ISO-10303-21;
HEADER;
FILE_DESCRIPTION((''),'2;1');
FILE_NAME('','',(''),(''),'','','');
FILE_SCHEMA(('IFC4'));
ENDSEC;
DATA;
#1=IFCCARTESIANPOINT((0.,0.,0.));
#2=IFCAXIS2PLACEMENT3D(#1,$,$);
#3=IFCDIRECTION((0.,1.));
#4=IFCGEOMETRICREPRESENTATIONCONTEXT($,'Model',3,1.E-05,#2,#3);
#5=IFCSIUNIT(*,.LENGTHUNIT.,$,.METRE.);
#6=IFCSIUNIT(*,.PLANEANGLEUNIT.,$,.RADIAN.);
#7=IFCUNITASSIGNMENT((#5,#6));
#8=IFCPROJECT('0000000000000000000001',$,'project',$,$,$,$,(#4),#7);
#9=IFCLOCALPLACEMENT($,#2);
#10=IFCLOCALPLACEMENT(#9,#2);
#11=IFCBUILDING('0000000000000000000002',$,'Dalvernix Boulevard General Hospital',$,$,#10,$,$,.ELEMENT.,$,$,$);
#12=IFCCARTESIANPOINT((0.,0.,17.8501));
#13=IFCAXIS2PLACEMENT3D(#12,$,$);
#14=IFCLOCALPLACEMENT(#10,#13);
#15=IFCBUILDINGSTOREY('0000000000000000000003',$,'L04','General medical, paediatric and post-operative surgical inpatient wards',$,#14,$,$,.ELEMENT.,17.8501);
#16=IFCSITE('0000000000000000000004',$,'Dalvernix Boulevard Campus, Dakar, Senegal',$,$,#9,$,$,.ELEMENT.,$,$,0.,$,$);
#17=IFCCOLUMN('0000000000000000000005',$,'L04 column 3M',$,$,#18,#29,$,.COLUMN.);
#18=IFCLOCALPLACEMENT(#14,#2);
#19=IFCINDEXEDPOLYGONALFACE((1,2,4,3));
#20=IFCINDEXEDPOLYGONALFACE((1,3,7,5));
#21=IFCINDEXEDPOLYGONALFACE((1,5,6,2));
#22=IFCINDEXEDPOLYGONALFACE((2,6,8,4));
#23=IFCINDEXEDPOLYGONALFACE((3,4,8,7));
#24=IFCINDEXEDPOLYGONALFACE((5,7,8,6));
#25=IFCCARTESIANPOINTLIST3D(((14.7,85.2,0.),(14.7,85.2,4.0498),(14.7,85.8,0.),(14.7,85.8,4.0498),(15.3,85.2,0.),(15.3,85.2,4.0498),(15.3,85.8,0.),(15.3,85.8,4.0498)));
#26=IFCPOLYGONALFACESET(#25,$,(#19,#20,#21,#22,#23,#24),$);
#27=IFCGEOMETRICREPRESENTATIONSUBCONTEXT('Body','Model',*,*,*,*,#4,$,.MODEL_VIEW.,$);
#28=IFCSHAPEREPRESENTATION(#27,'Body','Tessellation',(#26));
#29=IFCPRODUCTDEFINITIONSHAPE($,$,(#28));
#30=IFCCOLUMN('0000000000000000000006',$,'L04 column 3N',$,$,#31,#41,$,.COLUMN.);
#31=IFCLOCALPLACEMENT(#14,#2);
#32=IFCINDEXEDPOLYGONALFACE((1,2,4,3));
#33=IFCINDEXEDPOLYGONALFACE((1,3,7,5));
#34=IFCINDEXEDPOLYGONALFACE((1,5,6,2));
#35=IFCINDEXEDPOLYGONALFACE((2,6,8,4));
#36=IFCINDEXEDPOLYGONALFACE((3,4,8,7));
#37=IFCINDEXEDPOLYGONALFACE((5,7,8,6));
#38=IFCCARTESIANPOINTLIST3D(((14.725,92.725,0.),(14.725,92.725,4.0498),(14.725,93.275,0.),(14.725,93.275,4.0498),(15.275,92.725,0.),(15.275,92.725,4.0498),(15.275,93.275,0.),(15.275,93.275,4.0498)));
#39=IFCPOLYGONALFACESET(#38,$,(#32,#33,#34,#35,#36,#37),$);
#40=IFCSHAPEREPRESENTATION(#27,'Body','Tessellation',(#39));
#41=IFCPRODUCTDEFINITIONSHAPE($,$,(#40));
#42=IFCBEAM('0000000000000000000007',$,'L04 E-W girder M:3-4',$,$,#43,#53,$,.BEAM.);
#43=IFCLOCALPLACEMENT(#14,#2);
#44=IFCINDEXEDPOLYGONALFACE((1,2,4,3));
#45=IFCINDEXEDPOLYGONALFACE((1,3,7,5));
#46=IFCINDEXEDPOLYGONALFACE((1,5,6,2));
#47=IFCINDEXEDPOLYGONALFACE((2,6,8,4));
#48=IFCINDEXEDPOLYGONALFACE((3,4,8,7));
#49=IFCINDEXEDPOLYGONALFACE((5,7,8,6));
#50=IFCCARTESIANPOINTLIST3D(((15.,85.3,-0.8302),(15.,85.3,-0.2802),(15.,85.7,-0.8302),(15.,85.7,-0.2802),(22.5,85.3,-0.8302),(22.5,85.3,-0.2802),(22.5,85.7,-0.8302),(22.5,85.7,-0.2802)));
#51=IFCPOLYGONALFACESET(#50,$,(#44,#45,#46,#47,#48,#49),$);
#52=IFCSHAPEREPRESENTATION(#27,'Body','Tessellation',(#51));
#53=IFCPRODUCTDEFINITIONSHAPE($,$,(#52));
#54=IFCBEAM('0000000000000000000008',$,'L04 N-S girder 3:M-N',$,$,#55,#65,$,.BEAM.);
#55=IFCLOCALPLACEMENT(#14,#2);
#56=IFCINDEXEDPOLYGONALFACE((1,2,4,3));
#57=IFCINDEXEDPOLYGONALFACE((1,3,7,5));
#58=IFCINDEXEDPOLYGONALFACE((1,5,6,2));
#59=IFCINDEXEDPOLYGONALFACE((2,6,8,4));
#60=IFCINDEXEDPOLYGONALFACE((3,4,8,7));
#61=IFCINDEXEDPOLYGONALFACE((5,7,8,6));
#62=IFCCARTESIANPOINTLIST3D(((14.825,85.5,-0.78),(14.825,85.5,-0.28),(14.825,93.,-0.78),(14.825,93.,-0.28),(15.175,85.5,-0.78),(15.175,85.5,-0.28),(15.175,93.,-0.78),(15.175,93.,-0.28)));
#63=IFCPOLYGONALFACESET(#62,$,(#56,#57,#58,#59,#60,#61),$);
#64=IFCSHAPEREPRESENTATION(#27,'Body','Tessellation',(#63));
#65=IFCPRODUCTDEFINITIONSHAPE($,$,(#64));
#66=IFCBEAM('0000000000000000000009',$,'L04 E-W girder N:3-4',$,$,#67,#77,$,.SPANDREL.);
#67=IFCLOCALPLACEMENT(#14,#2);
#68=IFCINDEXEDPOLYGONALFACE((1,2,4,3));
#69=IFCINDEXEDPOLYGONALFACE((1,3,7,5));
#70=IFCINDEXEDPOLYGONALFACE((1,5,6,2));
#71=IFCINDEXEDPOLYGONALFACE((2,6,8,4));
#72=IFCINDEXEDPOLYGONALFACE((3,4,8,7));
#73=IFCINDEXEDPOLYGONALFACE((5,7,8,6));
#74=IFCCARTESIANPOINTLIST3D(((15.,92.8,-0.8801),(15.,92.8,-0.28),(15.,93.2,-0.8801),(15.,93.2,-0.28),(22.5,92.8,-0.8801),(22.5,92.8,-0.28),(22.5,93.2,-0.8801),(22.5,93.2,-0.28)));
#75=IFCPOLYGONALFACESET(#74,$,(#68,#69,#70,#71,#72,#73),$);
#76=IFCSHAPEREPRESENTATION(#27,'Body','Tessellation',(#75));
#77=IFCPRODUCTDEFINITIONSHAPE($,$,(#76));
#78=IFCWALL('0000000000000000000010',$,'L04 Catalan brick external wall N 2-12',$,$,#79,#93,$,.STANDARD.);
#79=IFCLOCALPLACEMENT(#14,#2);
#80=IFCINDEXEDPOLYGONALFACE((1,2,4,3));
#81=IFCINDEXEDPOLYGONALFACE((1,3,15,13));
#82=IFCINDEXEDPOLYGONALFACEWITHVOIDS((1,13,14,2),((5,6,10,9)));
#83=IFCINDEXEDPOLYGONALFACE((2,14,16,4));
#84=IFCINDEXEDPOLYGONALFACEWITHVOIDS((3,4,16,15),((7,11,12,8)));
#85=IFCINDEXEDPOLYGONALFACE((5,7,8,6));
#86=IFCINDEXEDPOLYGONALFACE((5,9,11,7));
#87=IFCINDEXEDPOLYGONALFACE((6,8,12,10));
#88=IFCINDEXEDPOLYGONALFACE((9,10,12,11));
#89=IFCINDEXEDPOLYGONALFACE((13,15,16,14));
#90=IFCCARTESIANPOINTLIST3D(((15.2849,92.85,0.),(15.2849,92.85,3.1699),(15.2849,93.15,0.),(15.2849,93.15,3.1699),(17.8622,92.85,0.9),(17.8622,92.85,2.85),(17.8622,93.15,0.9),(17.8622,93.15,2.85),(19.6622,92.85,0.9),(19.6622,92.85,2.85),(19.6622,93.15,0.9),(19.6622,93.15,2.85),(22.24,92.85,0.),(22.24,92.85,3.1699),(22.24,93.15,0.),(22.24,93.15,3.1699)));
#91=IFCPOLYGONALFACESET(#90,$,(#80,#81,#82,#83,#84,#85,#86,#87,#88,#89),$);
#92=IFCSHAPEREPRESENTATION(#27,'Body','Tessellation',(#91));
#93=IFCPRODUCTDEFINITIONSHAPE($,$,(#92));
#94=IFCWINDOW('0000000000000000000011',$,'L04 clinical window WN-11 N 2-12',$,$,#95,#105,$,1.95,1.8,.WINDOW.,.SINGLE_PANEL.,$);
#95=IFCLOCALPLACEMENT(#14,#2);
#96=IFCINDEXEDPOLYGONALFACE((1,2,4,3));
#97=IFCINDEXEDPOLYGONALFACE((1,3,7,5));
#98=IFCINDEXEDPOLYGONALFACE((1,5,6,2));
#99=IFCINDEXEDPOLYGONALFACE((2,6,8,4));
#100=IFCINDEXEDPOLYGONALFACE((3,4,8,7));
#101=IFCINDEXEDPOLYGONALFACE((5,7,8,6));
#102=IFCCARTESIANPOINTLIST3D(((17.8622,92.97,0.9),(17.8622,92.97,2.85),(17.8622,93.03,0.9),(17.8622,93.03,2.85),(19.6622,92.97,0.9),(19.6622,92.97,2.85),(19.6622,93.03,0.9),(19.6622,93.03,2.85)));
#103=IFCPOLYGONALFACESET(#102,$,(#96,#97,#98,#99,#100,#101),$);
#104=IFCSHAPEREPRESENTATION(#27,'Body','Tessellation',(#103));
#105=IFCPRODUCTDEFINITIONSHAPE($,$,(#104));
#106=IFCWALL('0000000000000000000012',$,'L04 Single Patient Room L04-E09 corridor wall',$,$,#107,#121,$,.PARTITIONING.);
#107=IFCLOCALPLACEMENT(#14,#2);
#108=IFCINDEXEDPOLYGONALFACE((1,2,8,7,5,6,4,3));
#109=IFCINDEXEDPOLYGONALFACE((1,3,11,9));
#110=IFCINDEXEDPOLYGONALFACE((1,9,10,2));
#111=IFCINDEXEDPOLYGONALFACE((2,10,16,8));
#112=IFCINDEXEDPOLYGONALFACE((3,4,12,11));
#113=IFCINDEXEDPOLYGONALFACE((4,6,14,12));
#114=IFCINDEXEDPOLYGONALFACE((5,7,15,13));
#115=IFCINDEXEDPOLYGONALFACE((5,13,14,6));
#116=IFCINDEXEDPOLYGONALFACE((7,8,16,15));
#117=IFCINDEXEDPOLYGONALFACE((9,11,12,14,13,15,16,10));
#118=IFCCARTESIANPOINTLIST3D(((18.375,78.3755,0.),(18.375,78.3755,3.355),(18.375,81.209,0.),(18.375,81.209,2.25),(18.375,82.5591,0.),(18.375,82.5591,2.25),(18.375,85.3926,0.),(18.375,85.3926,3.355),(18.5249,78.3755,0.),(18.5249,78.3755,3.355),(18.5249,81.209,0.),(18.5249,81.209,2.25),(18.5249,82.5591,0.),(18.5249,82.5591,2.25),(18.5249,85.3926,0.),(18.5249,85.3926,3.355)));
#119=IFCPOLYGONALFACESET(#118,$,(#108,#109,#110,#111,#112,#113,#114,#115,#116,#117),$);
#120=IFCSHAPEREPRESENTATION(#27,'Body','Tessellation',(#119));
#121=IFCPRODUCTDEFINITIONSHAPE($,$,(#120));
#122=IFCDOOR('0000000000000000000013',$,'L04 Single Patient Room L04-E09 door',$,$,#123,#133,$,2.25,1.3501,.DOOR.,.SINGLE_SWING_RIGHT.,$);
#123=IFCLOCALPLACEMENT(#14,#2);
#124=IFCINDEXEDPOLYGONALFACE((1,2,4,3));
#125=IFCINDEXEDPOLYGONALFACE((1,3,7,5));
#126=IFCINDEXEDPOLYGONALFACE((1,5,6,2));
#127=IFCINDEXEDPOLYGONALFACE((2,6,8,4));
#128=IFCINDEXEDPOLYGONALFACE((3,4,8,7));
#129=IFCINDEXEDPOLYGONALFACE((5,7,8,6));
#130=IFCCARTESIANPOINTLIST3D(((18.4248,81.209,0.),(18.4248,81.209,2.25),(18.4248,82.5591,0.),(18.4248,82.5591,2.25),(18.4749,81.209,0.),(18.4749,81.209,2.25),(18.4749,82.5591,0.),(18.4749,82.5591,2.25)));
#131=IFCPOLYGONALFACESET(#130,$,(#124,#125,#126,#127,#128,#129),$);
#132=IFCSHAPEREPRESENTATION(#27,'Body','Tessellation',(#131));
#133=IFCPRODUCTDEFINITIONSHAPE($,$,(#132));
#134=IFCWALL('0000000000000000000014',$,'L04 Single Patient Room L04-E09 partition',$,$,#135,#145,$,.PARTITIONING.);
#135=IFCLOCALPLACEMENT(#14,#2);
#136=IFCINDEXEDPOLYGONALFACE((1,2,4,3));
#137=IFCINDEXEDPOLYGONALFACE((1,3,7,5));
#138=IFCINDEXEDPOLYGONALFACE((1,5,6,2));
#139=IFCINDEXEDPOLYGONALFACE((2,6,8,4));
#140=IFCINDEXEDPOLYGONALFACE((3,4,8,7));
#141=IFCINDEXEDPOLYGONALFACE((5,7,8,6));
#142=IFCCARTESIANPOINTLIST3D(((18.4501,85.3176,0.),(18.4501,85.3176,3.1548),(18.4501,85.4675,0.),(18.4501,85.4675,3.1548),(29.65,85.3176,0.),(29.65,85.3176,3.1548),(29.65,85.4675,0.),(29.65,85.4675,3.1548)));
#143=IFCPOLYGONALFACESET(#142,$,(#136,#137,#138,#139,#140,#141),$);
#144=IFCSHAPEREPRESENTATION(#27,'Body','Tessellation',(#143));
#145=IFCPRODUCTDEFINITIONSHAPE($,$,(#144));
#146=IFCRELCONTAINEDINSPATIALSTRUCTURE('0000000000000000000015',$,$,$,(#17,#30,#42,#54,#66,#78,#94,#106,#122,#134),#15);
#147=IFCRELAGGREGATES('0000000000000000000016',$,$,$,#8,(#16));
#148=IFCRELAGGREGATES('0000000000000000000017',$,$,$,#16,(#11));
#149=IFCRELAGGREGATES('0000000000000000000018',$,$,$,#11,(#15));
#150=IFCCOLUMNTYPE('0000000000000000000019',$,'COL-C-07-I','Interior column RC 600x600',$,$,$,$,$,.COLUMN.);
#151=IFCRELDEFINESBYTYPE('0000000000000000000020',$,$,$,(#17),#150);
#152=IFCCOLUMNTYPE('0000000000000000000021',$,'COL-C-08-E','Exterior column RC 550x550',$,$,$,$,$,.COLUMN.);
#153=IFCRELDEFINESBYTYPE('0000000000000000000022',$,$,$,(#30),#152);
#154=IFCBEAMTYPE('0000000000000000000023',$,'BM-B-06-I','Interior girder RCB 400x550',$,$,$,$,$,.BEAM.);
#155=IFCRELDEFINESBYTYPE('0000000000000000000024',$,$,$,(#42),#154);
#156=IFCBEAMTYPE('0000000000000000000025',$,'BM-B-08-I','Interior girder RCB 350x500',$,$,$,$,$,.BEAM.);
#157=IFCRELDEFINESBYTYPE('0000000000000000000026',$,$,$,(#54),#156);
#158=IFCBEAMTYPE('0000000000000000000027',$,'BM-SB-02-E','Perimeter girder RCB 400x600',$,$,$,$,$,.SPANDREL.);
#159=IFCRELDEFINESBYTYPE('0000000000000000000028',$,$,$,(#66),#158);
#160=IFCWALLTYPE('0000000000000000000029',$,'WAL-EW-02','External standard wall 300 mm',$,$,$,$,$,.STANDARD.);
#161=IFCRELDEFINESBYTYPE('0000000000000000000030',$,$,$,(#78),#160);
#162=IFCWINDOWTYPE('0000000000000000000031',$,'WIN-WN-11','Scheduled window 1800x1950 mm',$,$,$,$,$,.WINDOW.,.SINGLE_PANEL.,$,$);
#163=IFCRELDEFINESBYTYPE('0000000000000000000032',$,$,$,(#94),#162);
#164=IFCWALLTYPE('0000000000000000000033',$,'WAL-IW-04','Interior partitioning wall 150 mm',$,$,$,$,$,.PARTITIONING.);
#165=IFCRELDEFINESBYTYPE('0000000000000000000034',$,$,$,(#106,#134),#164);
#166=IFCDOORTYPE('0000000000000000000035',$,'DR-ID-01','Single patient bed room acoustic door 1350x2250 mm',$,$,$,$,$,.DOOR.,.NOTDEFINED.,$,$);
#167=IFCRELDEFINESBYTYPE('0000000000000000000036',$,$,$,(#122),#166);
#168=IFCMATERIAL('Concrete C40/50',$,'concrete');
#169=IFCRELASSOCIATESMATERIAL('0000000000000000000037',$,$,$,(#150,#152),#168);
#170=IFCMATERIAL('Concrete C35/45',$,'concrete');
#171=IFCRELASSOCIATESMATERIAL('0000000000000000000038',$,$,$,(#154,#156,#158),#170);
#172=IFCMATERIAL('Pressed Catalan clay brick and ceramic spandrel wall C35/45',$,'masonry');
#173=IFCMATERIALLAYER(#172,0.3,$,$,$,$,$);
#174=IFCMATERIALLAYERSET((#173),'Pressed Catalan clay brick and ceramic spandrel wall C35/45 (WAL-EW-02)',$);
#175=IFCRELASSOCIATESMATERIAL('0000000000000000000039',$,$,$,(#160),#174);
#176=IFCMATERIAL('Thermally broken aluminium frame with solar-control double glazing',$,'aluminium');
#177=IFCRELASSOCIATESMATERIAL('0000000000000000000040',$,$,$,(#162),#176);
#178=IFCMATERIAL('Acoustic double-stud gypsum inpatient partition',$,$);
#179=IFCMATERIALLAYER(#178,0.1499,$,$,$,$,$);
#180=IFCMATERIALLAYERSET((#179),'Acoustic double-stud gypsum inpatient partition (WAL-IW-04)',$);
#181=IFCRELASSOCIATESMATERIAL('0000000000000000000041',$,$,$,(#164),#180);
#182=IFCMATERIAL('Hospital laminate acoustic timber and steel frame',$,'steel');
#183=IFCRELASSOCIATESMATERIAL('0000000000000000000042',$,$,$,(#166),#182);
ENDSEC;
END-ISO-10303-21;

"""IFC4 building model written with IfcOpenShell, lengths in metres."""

from ifc_helpers import new_model, si_unit, direction, frame, frame_2d, origin, origin_2d, place, context, subcontext, project, spatial, rectangle, extrude, material, layer, layer_set, material_profile, profile_set, type_object, element, fill, save


model = new_model("IFC4")

# Units and contexts
model_context = context("Model", 3, precision=1e-05, world=origin(), true_north=direction((0.0, 1.0)))
body_context = subcontext(model_context, "Body", "Model", "MODEL_VIEW")
ifc_project = project(units=[si_unit("LENGTHUNIT", "METRE"), si_unit("PLANEANGLEUNIT", "RADIAN")], contexts=[model_context])

# Site, building, storey
site_placement = place(None, origin())
site = spatial("IfcSite", under=ifc_project, at=site_placement, Name="Dalvernix Boulevard Campus, Dakar, Senegal", CompositionType="ELEMENT", RefElevation=0.0)
building_placement = place(site_placement, origin())
building = spatial("IfcBuilding", under=site, at=building_placement, Name="Dalvernix Boulevard General Hospital", CompositionType="ELEMENT")
storey_placement = place(building_placement, frame((0.0, 0.0, 17.8501)))
storey = spatial("IfcBuildingStorey", under=building, at=storey_placement, Name="L04", Description="General medical, paediatric and post-operative surgical inpatient wards", CompositionType="ELEMENT", Elevation=17.8501)

# Columns
ifc_material_1 = material(Name="Concrete C40/50", Category="concrete")
ifc_material_profile_1 = material_profile(ifc_material_1, rectangle(XDim=0.6001, YDim=0.6001, at=origin_2d()), Name="RC 600x600")
ifc_profile_set_1 = profile_set([ifc_material_profile_1], Name="Concrete C40/50")
column_type_1 = type_object("IfcColumnType", Name="COL-C-07-I", Description="Interior column RC 600x600", PredefinedType="COLUMN", material=ifc_profile_set_1)
column_1_placement = place(storey_placement, frame((15.0, 85.5, 0.0), z_axis=(0.0, 0.0, 1.0), x_axis=(1.0, 0.0, 0.0)))
element("IfcColumn", 1, at=column_1_placement, inside=storey, type_object=column_type_1, Name="L04 column 3M", PredefinedType="COLUMN", context=body_context, shape_type="SweptSolid", body=[
    extrude(rectangle(XDim=0.6001, YDim=0.6001, at=origin_2d()), origin(), (0.0, 0.0, 1.0), 4.0498),
])
ifc_material_profile_2 = material_profile(ifc_material_1, rectangle(XDim=0.55, YDim=0.55, at=origin_2d()), Name="RC 550x550")
ifc_profile_set_2 = profile_set([ifc_material_profile_2], Name="Concrete C40/50")
column_type_2 = type_object("IfcColumnType", Name="COL-C-08-E", Description="Exterior column RC 550x550", PredefinedType="COLUMN", material=ifc_profile_set_2)
column_2_placement = place(storey_placement, frame((15.0, 93.0, 0.0), z_axis=(0.0, 0.0, 1.0), x_axis=(1.0, 0.0, 0.0)))
element("IfcColumn", 2, at=column_2_placement, inside=storey, type_object=column_type_2, Name="L04 column 3N", PredefinedType="COLUMN", context=body_context, shape_type="SweptSolid", body=[
    extrude(rectangle(XDim=0.55, YDim=0.55, at=origin_2d()), origin(), (0.0, 0.0, 1.0), 4.0498),
])

# Beams
ifc_material_2 = material(Name="Concrete C35/45", Category="concrete")
ifc_material_profile_3 = material_profile(ifc_material_2, rectangle(XDim=0.3999, YDim=0.55, at=origin_2d()), Name="RCB 400x550")
ifc_profile_set_3 = profile_set([ifc_material_profile_3], Name="Concrete C35/45")
beam_type_1 = type_object("IfcBeamType", Name="BM-B-06-I", Description="Interior girder RCB 400x550", PredefinedType="BEAM", material=ifc_profile_set_3)
beam_1_placement = place(storey_placement, frame((15.0, 85.5, -0.5552), z_axis=(1.0, 0.0, 0.0), x_axis=(0.0, 1.0, 0.0)))
element("IfcBeam", 3, at=beam_1_placement, inside=storey, type_object=beam_type_1, Name="L04 E-W girder M:3-4", PredefinedType="BEAM", context=body_context, shape_type="SweptSolid", body=[
    extrude(rectangle(XDim=0.3999, YDim=0.55, at=origin_2d()), origin(), (0.0, 0.0, 1.0), 7.5),
])
ifc_material_profile_4 = material_profile(ifc_material_2, rectangle(XDim=0.3501, YDim=0.5, at=origin_2d()), Name="RCB 350x500")
ifc_profile_set_4 = profile_set([ifc_material_profile_4], Name="Concrete C35/45")
beam_type_2 = type_object("IfcBeamType", Name="BM-B-08-I", Description="Interior girder RCB 350x500", PredefinedType="BEAM", material=ifc_profile_set_4)
beam_2_placement = place(storey_placement, frame((15.0, 85.5, -0.53), z_axis=(0.0, 1.0, 0.0), x_axis=(-1.0, 0.0, 0.0)))
element("IfcBeam", 4, at=beam_2_placement, inside=storey, type_object=beam_type_2, Name="L04 N-S girder 3:M-N", PredefinedType="BEAM", context=body_context, shape_type="SweptSolid", body=[
    extrude(rectangle(XDim=0.3501, YDim=0.5, at=origin_2d()), origin(), (0.0, 0.0, 1.0), 7.5),
])
ifc_material_profile_5 = material_profile(ifc_material_2, rectangle(XDim=0.3999, YDim=0.6001, at=origin_2d()), Name="RCB 400x600")
ifc_profile_set_5 = profile_set([ifc_material_profile_5], Name="Concrete C35/45")
beam_type_3 = type_object("IfcBeamType", Name="BM-SB-02-E", Description="Perimeter girder RCB 400x600", PredefinedType="SPANDREL", material=ifc_profile_set_5)
beam_3_placement = place(storey_placement, frame((15.0, 93.0, -0.5801), z_axis=(1.0, 0.0, 0.0), x_axis=(0.0, 1.0, 0.0)))
element("IfcBeam", 5, at=beam_3_placement, inside=storey, type_object=beam_type_3, Name="L04 E-W girder N:3-4", PredefinedType="SPANDREL", context=body_context, shape_type="SweptSolid", body=[
    extrude(rectangle(XDim=0.3999, YDim=0.6001, at=origin_2d()), origin(), (0.0, 0.0, 1.0), 7.5),
])

# Wall, opening, window
ifc_material_3 = material(Name="Pressed Catalan clay brick and ceramic spandrel wall C35/45", Category="masonry")
ifc_layer_1 = layer(ifc_material_3, 0.3)
ifc_layer_set_1 = layer_set([ifc_layer_1], Name="Pressed Catalan clay brick and ceramic spandrel wall C35/45 (WAL-EW-02)")
wall_type_1 = type_object("IfcWallType", Name="WAL-EW-02", Description="External standard wall 300 mm", PredefinedType="STANDARD", material=ifc_layer_set_1)
wall_1_placement = place(storey_placement, frame((15.2849, 93.0, 0.0), z_axis=(0.0, 0.0, 1.0), x_axis=(1.0, 0.0, 0.0)))
wall_1 = element("IfcWall", 6, at=wall_1_placement, inside=storey, type_object=wall_type_1, Name="L04 Catalan brick external wall N 2-12", PredefinedType="STANDARD", context=body_context, shape_type="SweptSolid", body=[
    extrude(rectangle(XDim=6.9551, YDim=0.3, at=frame_2d((3.4775, 0.0))), origin(), (0.0, 0.0, 1.0), 3.1699),
])
opening_1_placement = place(wall_1_placement, frame((2.5774, 0.0, 0.8999)))
opening_1 = element("IfcOpeningElement", 7, at=opening_1_placement, cuts=wall_1, PredefinedType="OPENING", context=body_context, shape_type="SweptSolid", body=[
    extrude(rectangle(XDim=1.8, YDim=1.95, at=frame_2d((0.8999, 0.9751))), frame((0.0, 0.1599, 0.0), z_axis=(0.0, -1.0, 0.0), x_axis=(1.0, 0.0, 0.0)), (0.0, 0.0, 1.0), 0.3201),
])
ifc_material_4 = material(Name="Thermally broken aluminium frame with solar-control double glazing", Category="aluminium")
window_type = type_object("IfcWindowType", Name="WIN-WN-11", Description="Scheduled window 1800x1950 mm", PartitioningType="SINGLE_PANEL", PredefinedType="WINDOW", material=ifc_material_4)
window_placement = place(opening_1_placement, origin())
window = element("IfcWindow", 8, at=window_placement, inside=storey, type_object=window_type, Name="L04 clinical window WN-11 N 2-12", OverallHeight=1.95, OverallWidth=1.8, PartitioningType="SINGLE_PANEL", PredefinedType="WINDOW", context=body_context, shape_type="SweptSolid", body=[
    extrude(rectangle(XDim=1.8, YDim=1.95, at=frame_2d((0.8999, 0.9751))), frame((0.0, 0.03, 0.0), z_axis=(0.0, -1.0, 0.0), x_axis=(1.0, 0.0, 0.0)), (0.0, 0.0, 1.0), 0.0601),
])
fill(opening_1, window)

# Wall, opening, door
ifc_material_5 = material(Name="Acoustic double-stud gypsum inpatient partition")
ifc_layer_2 = layer(ifc_material_5, 0.1499)
ifc_layer_set_2 = layer_set([ifc_layer_2], Name="Acoustic double-stud gypsum inpatient partition (WAL-IW-04)")
wall_type_2 = type_object("IfcWallType", Name="WAL-IW-04", Description="Interior partitioning wall 150 mm", PredefinedType="PARTITIONING", material=ifc_layer_set_2)
wall_2_placement = place(storey_placement, frame((18.45, 85.3926, 0.0), z_axis=(0.0, 0.0, 1.0), x_axis=(0.0, -1.0, 0.0)))
wall_2 = element("IfcWall", 9, at=wall_2_placement, inside=storey, type_object=wall_type_2, Name="L04 Single Patient Room L04-E09 corridor wall", PredefinedType="PARTITIONING", context=body_context, shape_type="SweptSolid", body=[
    extrude(rectangle(XDim=7.0171, YDim=0.1499, at=frame_2d((3.5085, 0.0))), origin(), (0.0, 0.0, 1.0), 3.355),
])
opening_2_placement = place(wall_2_placement, frame((2.8335, 0.0, 0.0)))
opening_2 = element("IfcOpeningElement", 10, at=opening_2_placement, cuts=wall_2, PredefinedType="OPENING", context=body_context, shape_type="SweptSolid", body=[
    extrude(rectangle(XDim=1.3501, YDim=2.25, at=frame_2d((0.675, 1.125))), frame((0.0, 0.085, 0.0), z_axis=(0.0, -1.0, 0.0), x_axis=(1.0, 0.0, 0.0)), (0.0, 0.0, 1.0), 0.1699),
])
ifc_material_6 = material(Name="Hospital laminate acoustic timber and steel frame", Category="steel")
door_type_1 = type_object("IfcDoorType", Name="DR-ID-01", Description="Single patient bed room acoustic door 1350x2250 mm", OperationType="NOTDEFINED", PredefinedType="DOOR", material=ifc_material_6)
door_1_placement = place(opening_2_placement, origin())
door_1 = element("IfcDoor", 11, at=door_1_placement, inside=storey, type_object=door_type_1, Name="L04 Single Patient Room L04-E09 door", OperationType="SINGLE_SWING_RIGHT", OverallHeight=2.25, OverallWidth=1.3501, PredefinedType="DOOR", context=body_context, shape_type="SweptSolid", body=[
    extrude(rectangle(XDim=1.3501, YDim=2.25, at=frame_2d((0.675, 1.125))), frame((0.0, 0.0249, 0.0), z_axis=(0.0, -1.0, 0.0), x_axis=(1.0, 0.0, 0.0)), (0.0, 0.0, 1.0), 0.05),
])
fill(opening_2, door_1)

# Wall
wall_3_placement = place(storey_placement, frame((18.45, 85.3926, 0.0), z_axis=(0.0, 0.0, 1.0), x_axis=(1.0, 0.0, 0.0)))
element("IfcWall", 12, at=wall_3_placement, inside=storey, type_object=wall_type_2, Name="L04 Single Patient Room L04-E09 partition", PredefinedType="PARTITIONING", context=body_context, shape_type="SweptSolid", body=[
    extrude(rectangle(XDim=11.2, YDim=0.1499, at=frame_2d((5.6001, 0.0))), origin(), (0.0, 0.0, 1.0), 3.1548),
])

save(model, "model.ifc")
